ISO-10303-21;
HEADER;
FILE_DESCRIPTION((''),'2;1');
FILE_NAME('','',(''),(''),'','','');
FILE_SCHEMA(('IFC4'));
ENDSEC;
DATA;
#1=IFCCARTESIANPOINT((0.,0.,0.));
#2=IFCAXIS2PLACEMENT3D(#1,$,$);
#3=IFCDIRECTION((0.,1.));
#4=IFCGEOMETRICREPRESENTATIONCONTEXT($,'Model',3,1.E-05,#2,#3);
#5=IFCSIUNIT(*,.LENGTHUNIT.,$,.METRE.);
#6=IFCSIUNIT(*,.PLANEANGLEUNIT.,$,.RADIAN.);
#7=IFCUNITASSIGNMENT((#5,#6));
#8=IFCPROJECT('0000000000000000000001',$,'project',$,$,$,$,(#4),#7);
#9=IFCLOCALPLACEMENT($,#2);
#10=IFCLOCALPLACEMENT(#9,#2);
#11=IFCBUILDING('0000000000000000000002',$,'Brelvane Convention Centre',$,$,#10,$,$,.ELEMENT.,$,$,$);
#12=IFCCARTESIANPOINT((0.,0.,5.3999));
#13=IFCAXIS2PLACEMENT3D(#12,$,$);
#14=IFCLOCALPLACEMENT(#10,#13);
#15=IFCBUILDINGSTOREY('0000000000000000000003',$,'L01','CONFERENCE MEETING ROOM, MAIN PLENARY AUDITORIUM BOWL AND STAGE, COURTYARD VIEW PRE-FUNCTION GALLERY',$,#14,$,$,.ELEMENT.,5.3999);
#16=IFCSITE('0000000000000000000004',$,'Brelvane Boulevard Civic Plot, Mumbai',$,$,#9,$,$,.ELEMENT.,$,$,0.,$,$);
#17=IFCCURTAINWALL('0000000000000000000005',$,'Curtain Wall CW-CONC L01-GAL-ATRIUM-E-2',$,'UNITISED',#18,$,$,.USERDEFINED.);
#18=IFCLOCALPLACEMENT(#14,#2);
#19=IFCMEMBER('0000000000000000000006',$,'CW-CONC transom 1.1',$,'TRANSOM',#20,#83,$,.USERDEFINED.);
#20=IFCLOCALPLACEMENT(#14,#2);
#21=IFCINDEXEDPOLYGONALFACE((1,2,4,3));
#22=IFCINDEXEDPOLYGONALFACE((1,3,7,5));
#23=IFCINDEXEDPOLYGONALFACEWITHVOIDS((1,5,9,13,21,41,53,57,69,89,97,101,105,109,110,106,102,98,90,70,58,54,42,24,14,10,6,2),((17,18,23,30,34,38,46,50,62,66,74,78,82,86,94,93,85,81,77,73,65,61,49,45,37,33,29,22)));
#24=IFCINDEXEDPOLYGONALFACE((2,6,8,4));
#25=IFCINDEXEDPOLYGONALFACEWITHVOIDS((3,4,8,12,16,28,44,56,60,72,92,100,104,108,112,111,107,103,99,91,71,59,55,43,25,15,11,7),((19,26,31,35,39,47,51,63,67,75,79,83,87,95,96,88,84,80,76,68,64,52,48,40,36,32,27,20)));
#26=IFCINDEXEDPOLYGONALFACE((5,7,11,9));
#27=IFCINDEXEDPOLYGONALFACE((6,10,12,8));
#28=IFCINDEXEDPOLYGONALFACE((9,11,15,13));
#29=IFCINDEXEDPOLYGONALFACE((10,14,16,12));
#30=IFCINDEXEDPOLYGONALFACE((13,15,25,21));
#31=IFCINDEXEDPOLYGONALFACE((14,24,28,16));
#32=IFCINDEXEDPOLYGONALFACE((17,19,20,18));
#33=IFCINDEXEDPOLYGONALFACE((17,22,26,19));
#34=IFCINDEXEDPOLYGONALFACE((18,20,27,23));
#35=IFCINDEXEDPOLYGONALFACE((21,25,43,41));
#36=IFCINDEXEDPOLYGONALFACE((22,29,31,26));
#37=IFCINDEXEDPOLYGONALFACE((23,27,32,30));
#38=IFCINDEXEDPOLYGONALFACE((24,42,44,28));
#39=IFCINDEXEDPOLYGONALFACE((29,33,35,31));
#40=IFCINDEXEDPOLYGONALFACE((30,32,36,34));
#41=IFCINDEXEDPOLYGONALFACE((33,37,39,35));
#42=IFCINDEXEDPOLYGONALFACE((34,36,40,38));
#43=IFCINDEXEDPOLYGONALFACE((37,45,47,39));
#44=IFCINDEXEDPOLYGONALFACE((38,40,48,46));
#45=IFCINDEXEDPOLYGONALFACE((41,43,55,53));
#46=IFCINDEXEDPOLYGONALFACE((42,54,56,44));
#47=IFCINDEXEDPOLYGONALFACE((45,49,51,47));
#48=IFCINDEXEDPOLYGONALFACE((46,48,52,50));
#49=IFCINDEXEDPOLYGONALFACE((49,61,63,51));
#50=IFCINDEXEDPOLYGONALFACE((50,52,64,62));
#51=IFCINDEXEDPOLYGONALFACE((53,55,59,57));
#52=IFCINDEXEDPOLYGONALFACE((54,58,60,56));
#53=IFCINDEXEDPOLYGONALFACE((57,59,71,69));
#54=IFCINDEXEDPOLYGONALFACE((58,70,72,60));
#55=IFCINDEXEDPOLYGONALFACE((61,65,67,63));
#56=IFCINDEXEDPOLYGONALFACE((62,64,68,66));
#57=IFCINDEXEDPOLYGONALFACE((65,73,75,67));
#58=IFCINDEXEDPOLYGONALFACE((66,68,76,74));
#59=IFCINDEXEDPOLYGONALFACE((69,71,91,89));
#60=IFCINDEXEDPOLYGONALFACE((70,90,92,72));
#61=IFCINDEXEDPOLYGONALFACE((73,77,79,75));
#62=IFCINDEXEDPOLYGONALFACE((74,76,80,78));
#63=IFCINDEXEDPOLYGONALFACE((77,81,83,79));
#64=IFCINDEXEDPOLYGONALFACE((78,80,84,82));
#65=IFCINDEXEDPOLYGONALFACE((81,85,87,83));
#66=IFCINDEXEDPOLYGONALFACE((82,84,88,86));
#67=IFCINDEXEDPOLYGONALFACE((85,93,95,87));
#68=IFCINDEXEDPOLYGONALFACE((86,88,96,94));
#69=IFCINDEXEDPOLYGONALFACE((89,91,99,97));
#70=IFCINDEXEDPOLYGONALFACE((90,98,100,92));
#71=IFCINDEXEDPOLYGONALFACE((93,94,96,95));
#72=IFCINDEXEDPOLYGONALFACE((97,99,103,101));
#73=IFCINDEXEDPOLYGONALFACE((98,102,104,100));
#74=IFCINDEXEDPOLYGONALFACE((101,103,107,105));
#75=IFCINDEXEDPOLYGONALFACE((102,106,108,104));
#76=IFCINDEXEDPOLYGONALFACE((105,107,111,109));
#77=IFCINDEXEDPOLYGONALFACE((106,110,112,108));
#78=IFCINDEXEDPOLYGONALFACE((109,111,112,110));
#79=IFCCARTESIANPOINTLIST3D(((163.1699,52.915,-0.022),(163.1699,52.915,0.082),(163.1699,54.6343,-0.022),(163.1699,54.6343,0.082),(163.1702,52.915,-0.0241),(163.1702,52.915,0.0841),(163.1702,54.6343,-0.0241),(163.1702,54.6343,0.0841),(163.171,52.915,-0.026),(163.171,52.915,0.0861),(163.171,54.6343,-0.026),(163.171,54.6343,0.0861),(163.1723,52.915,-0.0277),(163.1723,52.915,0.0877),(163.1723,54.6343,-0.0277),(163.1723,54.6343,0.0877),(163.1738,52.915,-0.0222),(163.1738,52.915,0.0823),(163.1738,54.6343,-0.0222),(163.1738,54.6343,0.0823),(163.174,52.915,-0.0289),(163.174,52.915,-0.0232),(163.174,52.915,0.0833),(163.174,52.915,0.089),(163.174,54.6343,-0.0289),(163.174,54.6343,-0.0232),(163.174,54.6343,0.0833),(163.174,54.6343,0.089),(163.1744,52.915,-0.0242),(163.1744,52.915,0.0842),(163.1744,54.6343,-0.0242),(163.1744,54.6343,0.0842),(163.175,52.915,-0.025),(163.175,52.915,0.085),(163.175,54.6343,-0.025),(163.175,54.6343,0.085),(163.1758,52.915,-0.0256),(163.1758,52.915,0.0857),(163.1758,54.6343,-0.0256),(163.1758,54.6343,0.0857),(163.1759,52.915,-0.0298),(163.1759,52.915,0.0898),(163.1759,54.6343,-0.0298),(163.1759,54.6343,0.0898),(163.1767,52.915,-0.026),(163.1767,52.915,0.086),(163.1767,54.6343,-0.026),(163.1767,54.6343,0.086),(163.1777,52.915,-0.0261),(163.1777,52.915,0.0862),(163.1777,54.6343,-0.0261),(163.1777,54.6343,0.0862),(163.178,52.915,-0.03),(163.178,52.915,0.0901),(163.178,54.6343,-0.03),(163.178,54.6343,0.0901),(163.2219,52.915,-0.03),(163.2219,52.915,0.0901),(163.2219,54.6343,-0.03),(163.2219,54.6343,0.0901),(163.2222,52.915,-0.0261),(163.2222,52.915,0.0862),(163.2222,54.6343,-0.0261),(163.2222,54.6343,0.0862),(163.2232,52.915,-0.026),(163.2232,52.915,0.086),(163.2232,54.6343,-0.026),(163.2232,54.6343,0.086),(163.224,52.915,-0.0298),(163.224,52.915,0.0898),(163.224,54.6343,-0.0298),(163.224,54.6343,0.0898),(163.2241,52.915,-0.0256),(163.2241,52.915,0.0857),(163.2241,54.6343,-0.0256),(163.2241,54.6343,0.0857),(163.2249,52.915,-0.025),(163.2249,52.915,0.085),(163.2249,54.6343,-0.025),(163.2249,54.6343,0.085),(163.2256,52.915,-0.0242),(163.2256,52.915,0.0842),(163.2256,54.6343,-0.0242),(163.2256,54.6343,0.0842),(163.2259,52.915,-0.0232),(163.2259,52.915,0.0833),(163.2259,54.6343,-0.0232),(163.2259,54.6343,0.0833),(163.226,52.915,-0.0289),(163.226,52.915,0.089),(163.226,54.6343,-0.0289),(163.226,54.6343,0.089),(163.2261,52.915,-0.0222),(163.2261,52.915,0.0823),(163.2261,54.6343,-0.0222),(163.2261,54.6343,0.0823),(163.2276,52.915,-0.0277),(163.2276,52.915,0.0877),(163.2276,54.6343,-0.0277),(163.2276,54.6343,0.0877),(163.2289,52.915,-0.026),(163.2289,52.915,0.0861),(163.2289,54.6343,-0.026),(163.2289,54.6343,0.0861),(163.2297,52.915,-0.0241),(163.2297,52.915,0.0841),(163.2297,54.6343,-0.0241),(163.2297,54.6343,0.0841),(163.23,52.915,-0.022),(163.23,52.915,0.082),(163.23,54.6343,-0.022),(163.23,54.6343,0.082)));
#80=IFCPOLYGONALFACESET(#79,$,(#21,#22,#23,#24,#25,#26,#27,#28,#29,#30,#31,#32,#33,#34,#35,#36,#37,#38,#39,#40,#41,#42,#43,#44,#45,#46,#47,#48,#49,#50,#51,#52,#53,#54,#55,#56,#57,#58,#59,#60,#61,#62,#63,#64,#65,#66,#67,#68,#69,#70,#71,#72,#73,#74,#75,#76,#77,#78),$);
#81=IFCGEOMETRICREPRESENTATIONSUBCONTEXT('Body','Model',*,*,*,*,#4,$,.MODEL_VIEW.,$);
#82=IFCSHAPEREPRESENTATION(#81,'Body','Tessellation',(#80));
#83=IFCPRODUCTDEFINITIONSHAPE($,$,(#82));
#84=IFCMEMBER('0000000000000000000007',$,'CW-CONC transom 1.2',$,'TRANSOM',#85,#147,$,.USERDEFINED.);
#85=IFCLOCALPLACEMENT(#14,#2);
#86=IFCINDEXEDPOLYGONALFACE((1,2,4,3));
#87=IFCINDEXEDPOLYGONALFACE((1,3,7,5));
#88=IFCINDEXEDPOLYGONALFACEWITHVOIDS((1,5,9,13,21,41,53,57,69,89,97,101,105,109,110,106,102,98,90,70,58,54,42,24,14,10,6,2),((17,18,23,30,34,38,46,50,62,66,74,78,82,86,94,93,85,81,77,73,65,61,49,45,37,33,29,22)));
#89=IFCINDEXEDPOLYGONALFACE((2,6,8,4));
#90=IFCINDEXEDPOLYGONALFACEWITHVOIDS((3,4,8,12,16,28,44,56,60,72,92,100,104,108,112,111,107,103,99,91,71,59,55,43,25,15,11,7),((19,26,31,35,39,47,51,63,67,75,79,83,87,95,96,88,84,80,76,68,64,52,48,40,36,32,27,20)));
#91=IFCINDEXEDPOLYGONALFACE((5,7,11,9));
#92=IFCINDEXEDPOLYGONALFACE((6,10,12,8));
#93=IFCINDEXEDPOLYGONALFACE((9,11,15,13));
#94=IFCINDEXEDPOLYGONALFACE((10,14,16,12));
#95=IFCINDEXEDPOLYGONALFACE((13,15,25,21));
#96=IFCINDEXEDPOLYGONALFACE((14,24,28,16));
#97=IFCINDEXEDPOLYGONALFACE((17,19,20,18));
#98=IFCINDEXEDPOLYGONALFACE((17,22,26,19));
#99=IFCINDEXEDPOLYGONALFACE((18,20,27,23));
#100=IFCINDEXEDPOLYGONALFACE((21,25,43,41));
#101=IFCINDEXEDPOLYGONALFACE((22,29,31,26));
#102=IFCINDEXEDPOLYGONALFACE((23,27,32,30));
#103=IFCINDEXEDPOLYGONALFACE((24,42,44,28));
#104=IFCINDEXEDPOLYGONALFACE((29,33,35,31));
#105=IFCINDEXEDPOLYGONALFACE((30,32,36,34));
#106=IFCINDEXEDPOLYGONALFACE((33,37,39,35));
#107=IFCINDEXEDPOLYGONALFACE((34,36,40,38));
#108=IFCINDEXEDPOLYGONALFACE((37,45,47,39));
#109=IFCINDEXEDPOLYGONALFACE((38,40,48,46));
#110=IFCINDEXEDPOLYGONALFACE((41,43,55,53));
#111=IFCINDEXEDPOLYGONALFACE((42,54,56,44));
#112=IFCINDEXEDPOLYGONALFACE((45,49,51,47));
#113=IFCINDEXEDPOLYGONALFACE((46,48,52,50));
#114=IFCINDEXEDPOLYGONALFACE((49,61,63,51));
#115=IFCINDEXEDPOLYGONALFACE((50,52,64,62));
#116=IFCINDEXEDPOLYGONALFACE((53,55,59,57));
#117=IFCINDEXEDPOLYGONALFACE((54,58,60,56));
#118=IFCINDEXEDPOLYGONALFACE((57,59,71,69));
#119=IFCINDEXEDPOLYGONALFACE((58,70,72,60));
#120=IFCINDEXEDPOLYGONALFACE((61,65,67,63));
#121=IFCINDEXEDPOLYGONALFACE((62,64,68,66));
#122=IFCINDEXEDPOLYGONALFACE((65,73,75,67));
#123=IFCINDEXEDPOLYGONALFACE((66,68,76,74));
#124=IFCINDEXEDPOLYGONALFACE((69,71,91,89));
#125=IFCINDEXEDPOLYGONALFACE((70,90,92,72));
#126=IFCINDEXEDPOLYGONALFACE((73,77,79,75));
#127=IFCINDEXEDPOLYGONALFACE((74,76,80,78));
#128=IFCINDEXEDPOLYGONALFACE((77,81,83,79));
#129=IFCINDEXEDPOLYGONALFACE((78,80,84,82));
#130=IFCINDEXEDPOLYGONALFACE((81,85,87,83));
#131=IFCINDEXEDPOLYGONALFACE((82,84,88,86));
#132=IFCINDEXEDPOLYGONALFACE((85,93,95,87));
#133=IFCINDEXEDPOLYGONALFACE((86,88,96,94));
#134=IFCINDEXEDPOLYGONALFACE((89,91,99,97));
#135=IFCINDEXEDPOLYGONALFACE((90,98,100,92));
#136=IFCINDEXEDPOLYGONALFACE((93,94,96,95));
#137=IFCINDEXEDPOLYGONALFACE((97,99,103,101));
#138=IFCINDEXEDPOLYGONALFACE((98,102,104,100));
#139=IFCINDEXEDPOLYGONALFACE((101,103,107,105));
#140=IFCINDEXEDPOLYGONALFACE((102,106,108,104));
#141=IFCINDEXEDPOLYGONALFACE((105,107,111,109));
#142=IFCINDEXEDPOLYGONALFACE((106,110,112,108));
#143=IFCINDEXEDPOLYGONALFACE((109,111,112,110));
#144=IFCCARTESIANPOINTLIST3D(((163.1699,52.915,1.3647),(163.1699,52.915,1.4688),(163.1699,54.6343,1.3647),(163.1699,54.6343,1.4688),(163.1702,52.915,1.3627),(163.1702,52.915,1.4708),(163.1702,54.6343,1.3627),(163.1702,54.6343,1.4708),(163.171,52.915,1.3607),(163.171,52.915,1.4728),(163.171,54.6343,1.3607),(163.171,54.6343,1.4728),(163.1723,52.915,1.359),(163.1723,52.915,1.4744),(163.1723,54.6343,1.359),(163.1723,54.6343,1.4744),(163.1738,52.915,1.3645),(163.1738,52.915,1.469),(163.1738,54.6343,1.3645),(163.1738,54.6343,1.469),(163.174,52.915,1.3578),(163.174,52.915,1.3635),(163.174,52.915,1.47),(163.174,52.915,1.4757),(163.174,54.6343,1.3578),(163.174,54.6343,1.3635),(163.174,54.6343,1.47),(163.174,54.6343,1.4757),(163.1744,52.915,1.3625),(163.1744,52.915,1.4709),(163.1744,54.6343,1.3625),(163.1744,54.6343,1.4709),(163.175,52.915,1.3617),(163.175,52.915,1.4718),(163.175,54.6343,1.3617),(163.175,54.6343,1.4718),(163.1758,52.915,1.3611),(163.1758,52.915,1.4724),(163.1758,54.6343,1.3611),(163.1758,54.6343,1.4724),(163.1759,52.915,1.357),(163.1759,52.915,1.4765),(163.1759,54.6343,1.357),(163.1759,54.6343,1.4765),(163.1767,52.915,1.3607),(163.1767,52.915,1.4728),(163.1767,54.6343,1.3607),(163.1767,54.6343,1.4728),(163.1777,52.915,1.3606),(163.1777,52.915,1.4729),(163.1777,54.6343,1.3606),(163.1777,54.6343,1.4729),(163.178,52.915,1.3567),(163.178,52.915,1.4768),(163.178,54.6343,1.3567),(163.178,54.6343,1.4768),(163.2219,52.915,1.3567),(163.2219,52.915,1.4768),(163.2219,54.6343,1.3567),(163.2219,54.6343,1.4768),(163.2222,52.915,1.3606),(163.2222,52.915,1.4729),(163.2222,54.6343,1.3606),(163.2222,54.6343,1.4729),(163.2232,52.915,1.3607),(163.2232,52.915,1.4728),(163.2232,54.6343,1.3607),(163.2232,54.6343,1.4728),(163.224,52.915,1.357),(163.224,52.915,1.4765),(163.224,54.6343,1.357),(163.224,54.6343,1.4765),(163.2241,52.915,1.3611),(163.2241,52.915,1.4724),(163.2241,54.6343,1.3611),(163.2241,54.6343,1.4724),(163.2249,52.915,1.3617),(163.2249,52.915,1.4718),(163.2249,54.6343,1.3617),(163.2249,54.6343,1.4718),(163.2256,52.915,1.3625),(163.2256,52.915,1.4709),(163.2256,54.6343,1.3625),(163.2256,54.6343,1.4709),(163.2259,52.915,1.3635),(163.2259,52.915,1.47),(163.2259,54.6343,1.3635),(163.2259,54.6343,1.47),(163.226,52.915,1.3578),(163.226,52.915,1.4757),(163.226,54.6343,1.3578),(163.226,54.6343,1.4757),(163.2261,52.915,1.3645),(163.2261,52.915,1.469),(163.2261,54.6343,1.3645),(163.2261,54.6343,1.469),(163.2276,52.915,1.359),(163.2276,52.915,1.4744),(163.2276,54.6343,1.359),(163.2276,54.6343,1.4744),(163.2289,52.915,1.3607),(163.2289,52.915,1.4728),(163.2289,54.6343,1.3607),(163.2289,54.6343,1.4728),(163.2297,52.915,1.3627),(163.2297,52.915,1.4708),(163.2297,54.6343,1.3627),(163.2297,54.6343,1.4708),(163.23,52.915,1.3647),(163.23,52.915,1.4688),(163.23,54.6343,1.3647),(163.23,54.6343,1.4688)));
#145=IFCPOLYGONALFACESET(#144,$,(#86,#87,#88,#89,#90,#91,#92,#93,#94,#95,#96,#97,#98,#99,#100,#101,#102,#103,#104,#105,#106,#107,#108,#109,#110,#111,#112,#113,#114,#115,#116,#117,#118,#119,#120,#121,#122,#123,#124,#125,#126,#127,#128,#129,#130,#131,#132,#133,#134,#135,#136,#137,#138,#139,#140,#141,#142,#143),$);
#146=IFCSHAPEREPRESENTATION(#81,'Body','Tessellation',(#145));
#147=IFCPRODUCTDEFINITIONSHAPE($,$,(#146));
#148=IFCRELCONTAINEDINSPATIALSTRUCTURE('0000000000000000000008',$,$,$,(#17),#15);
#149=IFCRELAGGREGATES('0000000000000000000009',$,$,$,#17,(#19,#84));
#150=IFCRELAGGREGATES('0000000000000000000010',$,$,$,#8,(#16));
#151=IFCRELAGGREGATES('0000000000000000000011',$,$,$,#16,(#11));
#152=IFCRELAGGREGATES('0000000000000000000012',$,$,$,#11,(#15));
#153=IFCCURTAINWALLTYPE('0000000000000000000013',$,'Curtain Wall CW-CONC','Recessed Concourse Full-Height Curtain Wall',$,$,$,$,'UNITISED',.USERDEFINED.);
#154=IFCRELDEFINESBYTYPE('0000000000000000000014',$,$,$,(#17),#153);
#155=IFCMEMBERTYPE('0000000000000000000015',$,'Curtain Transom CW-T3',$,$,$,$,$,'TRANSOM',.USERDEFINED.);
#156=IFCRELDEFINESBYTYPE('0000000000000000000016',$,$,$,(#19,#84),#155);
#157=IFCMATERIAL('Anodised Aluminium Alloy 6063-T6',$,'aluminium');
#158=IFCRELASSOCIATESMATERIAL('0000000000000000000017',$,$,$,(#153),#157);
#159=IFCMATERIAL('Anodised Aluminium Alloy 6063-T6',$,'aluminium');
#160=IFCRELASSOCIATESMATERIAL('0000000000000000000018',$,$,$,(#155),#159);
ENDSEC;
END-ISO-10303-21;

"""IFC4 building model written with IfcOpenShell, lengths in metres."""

from ifc_helpers import new_model, si_unit, direction, frame, origin, origin_2d, place, context, subcontext, project, spatial, hollow_rectangle, extrude, material, material_profile, profile_set, type_object, element, aggregate, save


model = new_model("IFC4")

# Units and contexts
model_context = context("Model", 3, precision=1e-05, world=origin(), true_north=direction((0.0, 1.0)))
body_context = subcontext(model_context, "Body", "Model", "MODEL_VIEW")
ifc_project = project(units=[si_unit("LENGTHUNIT", "METRE"), si_unit("PLANEANGLEUNIT", "RADIAN")], contexts=[model_context])

# Site, building, storey
site_placement = place(None, origin())
site = spatial("IfcSite", under=ifc_project, at=site_placement, Name="Brelvane Boulevard Civic Plot, Mumbai", CompositionType="ELEMENT", RefElevation=0.0)
building_placement = place(site_placement, origin())
building = spatial("IfcBuilding", under=site, at=building_placement, Name="Brelvane Convention Centre", CompositionType="ELEMENT")
storey_placement = place(building_placement, frame((0.0, 0.0, 5.3999)))
storey = spatial("IfcBuildingStorey", under=building, at=storey_placement, Name="L01", Description="CONFERENCE MEETING ROOM, MAIN PLENARY AUDITORIUM BOWL AND STAGE, COURTYARD VIEW PRE-FUNCTION GALLERY", CompositionType="ELEMENT", Elevation=5.3999)

# Curtain wall, members
ifc_material_1 = material(Name="Anodised Aluminium Alloy 6063-T6", Category="aluminium")
curtain_wall_type = type_object("IfcCurtainWallType", Name="Curtain Wall CW-CONC", Description="Recessed Concourse Full-Height Curtain Wall", ElementType="UNITISED", PredefinedType="USERDEFINED", material=ifc_material_1)
curtain_wall_placement = place(storey_placement, origin())
curtain_wall = element("IfcCurtainWall", 1, at=curtain_wall_placement, inside=storey, type_object=curtain_wall_type, Name="Curtain Wall CW-CONC L01-GAL-ATRIUM-E-2", ObjectType="UNITISED", PredefinedType="USERDEFINED")
ifc_material_2 = material(Name="Anodised Aluminium Alloy 6063-T6", Category="aluminium")
ifc_material_profile_1 = material_profile(ifc_material_2, hollow_rectangle(XDim=0.0601, YDim=0.1201, WallThickness=0.0039, InnerFilletRadius=0.0039, OuterFilletRadius=0.0081, at=origin_2d()), Name="ALU-T 120x60x4.0")
ifc_profile_set_1 = profile_set([ifc_material_profile_1], Name="Anodised Aluminium Alloy 6063-T6")
member_type_1 = type_object("IfcMemberType", Name="Curtain Transom CW-T3", ElementType="TRANSOM", PredefinedType="USERDEFINED", material=ifc_profile_set_1)
member_1_placement = place(storey_placement, frame((163.2, 52.915, 0.03), z_axis=(0.0, 1.0, 0.0), x_axis=(-1.0, 0.0, 0.0)))
member_1 = element("IfcMember", 2, at=member_1_placement, type_object=member_type_1, Name="CW-CONC transom 1.1", ObjectType="TRANSOM", PredefinedType="USERDEFINED", context=body_context, shape_type="SweptSolid", body=[
    extrude(hollow_rectangle(XDim=0.0601, YDim=0.1201, WallThickness=0.0039, InnerFilletRadius=0.0039, OuterFilletRadius=0.0081, at=origin_2d()), origin(), (0.0, 0.0, 1.0), 1.7192),
])
member_2_placement = place(storey_placement, frame((163.2, 52.915, 1.4167), z_axis=(0.0, 1.0, 0.0), x_axis=(-1.0, 0.0, 0.0)))
member_2 = element("IfcMember", 3, at=member_2_placement, type_object=member_type_1, Name="CW-CONC transom 1.2", ObjectType="TRANSOM", PredefinedType="USERDEFINED", context=body_context, shape_type="SweptSolid", body=[
    extrude(hollow_rectangle(XDim=0.0601, YDim=0.1201, WallThickness=0.0039, InnerFilletRadius=0.0039, OuterFilletRadius=0.0081, at=origin_2d()), origin(), (0.0, 0.0, 1.0), 1.7192),
])

aggregate(curtain_wall, [member_1, member_2])

save(model, "model.ifc")
